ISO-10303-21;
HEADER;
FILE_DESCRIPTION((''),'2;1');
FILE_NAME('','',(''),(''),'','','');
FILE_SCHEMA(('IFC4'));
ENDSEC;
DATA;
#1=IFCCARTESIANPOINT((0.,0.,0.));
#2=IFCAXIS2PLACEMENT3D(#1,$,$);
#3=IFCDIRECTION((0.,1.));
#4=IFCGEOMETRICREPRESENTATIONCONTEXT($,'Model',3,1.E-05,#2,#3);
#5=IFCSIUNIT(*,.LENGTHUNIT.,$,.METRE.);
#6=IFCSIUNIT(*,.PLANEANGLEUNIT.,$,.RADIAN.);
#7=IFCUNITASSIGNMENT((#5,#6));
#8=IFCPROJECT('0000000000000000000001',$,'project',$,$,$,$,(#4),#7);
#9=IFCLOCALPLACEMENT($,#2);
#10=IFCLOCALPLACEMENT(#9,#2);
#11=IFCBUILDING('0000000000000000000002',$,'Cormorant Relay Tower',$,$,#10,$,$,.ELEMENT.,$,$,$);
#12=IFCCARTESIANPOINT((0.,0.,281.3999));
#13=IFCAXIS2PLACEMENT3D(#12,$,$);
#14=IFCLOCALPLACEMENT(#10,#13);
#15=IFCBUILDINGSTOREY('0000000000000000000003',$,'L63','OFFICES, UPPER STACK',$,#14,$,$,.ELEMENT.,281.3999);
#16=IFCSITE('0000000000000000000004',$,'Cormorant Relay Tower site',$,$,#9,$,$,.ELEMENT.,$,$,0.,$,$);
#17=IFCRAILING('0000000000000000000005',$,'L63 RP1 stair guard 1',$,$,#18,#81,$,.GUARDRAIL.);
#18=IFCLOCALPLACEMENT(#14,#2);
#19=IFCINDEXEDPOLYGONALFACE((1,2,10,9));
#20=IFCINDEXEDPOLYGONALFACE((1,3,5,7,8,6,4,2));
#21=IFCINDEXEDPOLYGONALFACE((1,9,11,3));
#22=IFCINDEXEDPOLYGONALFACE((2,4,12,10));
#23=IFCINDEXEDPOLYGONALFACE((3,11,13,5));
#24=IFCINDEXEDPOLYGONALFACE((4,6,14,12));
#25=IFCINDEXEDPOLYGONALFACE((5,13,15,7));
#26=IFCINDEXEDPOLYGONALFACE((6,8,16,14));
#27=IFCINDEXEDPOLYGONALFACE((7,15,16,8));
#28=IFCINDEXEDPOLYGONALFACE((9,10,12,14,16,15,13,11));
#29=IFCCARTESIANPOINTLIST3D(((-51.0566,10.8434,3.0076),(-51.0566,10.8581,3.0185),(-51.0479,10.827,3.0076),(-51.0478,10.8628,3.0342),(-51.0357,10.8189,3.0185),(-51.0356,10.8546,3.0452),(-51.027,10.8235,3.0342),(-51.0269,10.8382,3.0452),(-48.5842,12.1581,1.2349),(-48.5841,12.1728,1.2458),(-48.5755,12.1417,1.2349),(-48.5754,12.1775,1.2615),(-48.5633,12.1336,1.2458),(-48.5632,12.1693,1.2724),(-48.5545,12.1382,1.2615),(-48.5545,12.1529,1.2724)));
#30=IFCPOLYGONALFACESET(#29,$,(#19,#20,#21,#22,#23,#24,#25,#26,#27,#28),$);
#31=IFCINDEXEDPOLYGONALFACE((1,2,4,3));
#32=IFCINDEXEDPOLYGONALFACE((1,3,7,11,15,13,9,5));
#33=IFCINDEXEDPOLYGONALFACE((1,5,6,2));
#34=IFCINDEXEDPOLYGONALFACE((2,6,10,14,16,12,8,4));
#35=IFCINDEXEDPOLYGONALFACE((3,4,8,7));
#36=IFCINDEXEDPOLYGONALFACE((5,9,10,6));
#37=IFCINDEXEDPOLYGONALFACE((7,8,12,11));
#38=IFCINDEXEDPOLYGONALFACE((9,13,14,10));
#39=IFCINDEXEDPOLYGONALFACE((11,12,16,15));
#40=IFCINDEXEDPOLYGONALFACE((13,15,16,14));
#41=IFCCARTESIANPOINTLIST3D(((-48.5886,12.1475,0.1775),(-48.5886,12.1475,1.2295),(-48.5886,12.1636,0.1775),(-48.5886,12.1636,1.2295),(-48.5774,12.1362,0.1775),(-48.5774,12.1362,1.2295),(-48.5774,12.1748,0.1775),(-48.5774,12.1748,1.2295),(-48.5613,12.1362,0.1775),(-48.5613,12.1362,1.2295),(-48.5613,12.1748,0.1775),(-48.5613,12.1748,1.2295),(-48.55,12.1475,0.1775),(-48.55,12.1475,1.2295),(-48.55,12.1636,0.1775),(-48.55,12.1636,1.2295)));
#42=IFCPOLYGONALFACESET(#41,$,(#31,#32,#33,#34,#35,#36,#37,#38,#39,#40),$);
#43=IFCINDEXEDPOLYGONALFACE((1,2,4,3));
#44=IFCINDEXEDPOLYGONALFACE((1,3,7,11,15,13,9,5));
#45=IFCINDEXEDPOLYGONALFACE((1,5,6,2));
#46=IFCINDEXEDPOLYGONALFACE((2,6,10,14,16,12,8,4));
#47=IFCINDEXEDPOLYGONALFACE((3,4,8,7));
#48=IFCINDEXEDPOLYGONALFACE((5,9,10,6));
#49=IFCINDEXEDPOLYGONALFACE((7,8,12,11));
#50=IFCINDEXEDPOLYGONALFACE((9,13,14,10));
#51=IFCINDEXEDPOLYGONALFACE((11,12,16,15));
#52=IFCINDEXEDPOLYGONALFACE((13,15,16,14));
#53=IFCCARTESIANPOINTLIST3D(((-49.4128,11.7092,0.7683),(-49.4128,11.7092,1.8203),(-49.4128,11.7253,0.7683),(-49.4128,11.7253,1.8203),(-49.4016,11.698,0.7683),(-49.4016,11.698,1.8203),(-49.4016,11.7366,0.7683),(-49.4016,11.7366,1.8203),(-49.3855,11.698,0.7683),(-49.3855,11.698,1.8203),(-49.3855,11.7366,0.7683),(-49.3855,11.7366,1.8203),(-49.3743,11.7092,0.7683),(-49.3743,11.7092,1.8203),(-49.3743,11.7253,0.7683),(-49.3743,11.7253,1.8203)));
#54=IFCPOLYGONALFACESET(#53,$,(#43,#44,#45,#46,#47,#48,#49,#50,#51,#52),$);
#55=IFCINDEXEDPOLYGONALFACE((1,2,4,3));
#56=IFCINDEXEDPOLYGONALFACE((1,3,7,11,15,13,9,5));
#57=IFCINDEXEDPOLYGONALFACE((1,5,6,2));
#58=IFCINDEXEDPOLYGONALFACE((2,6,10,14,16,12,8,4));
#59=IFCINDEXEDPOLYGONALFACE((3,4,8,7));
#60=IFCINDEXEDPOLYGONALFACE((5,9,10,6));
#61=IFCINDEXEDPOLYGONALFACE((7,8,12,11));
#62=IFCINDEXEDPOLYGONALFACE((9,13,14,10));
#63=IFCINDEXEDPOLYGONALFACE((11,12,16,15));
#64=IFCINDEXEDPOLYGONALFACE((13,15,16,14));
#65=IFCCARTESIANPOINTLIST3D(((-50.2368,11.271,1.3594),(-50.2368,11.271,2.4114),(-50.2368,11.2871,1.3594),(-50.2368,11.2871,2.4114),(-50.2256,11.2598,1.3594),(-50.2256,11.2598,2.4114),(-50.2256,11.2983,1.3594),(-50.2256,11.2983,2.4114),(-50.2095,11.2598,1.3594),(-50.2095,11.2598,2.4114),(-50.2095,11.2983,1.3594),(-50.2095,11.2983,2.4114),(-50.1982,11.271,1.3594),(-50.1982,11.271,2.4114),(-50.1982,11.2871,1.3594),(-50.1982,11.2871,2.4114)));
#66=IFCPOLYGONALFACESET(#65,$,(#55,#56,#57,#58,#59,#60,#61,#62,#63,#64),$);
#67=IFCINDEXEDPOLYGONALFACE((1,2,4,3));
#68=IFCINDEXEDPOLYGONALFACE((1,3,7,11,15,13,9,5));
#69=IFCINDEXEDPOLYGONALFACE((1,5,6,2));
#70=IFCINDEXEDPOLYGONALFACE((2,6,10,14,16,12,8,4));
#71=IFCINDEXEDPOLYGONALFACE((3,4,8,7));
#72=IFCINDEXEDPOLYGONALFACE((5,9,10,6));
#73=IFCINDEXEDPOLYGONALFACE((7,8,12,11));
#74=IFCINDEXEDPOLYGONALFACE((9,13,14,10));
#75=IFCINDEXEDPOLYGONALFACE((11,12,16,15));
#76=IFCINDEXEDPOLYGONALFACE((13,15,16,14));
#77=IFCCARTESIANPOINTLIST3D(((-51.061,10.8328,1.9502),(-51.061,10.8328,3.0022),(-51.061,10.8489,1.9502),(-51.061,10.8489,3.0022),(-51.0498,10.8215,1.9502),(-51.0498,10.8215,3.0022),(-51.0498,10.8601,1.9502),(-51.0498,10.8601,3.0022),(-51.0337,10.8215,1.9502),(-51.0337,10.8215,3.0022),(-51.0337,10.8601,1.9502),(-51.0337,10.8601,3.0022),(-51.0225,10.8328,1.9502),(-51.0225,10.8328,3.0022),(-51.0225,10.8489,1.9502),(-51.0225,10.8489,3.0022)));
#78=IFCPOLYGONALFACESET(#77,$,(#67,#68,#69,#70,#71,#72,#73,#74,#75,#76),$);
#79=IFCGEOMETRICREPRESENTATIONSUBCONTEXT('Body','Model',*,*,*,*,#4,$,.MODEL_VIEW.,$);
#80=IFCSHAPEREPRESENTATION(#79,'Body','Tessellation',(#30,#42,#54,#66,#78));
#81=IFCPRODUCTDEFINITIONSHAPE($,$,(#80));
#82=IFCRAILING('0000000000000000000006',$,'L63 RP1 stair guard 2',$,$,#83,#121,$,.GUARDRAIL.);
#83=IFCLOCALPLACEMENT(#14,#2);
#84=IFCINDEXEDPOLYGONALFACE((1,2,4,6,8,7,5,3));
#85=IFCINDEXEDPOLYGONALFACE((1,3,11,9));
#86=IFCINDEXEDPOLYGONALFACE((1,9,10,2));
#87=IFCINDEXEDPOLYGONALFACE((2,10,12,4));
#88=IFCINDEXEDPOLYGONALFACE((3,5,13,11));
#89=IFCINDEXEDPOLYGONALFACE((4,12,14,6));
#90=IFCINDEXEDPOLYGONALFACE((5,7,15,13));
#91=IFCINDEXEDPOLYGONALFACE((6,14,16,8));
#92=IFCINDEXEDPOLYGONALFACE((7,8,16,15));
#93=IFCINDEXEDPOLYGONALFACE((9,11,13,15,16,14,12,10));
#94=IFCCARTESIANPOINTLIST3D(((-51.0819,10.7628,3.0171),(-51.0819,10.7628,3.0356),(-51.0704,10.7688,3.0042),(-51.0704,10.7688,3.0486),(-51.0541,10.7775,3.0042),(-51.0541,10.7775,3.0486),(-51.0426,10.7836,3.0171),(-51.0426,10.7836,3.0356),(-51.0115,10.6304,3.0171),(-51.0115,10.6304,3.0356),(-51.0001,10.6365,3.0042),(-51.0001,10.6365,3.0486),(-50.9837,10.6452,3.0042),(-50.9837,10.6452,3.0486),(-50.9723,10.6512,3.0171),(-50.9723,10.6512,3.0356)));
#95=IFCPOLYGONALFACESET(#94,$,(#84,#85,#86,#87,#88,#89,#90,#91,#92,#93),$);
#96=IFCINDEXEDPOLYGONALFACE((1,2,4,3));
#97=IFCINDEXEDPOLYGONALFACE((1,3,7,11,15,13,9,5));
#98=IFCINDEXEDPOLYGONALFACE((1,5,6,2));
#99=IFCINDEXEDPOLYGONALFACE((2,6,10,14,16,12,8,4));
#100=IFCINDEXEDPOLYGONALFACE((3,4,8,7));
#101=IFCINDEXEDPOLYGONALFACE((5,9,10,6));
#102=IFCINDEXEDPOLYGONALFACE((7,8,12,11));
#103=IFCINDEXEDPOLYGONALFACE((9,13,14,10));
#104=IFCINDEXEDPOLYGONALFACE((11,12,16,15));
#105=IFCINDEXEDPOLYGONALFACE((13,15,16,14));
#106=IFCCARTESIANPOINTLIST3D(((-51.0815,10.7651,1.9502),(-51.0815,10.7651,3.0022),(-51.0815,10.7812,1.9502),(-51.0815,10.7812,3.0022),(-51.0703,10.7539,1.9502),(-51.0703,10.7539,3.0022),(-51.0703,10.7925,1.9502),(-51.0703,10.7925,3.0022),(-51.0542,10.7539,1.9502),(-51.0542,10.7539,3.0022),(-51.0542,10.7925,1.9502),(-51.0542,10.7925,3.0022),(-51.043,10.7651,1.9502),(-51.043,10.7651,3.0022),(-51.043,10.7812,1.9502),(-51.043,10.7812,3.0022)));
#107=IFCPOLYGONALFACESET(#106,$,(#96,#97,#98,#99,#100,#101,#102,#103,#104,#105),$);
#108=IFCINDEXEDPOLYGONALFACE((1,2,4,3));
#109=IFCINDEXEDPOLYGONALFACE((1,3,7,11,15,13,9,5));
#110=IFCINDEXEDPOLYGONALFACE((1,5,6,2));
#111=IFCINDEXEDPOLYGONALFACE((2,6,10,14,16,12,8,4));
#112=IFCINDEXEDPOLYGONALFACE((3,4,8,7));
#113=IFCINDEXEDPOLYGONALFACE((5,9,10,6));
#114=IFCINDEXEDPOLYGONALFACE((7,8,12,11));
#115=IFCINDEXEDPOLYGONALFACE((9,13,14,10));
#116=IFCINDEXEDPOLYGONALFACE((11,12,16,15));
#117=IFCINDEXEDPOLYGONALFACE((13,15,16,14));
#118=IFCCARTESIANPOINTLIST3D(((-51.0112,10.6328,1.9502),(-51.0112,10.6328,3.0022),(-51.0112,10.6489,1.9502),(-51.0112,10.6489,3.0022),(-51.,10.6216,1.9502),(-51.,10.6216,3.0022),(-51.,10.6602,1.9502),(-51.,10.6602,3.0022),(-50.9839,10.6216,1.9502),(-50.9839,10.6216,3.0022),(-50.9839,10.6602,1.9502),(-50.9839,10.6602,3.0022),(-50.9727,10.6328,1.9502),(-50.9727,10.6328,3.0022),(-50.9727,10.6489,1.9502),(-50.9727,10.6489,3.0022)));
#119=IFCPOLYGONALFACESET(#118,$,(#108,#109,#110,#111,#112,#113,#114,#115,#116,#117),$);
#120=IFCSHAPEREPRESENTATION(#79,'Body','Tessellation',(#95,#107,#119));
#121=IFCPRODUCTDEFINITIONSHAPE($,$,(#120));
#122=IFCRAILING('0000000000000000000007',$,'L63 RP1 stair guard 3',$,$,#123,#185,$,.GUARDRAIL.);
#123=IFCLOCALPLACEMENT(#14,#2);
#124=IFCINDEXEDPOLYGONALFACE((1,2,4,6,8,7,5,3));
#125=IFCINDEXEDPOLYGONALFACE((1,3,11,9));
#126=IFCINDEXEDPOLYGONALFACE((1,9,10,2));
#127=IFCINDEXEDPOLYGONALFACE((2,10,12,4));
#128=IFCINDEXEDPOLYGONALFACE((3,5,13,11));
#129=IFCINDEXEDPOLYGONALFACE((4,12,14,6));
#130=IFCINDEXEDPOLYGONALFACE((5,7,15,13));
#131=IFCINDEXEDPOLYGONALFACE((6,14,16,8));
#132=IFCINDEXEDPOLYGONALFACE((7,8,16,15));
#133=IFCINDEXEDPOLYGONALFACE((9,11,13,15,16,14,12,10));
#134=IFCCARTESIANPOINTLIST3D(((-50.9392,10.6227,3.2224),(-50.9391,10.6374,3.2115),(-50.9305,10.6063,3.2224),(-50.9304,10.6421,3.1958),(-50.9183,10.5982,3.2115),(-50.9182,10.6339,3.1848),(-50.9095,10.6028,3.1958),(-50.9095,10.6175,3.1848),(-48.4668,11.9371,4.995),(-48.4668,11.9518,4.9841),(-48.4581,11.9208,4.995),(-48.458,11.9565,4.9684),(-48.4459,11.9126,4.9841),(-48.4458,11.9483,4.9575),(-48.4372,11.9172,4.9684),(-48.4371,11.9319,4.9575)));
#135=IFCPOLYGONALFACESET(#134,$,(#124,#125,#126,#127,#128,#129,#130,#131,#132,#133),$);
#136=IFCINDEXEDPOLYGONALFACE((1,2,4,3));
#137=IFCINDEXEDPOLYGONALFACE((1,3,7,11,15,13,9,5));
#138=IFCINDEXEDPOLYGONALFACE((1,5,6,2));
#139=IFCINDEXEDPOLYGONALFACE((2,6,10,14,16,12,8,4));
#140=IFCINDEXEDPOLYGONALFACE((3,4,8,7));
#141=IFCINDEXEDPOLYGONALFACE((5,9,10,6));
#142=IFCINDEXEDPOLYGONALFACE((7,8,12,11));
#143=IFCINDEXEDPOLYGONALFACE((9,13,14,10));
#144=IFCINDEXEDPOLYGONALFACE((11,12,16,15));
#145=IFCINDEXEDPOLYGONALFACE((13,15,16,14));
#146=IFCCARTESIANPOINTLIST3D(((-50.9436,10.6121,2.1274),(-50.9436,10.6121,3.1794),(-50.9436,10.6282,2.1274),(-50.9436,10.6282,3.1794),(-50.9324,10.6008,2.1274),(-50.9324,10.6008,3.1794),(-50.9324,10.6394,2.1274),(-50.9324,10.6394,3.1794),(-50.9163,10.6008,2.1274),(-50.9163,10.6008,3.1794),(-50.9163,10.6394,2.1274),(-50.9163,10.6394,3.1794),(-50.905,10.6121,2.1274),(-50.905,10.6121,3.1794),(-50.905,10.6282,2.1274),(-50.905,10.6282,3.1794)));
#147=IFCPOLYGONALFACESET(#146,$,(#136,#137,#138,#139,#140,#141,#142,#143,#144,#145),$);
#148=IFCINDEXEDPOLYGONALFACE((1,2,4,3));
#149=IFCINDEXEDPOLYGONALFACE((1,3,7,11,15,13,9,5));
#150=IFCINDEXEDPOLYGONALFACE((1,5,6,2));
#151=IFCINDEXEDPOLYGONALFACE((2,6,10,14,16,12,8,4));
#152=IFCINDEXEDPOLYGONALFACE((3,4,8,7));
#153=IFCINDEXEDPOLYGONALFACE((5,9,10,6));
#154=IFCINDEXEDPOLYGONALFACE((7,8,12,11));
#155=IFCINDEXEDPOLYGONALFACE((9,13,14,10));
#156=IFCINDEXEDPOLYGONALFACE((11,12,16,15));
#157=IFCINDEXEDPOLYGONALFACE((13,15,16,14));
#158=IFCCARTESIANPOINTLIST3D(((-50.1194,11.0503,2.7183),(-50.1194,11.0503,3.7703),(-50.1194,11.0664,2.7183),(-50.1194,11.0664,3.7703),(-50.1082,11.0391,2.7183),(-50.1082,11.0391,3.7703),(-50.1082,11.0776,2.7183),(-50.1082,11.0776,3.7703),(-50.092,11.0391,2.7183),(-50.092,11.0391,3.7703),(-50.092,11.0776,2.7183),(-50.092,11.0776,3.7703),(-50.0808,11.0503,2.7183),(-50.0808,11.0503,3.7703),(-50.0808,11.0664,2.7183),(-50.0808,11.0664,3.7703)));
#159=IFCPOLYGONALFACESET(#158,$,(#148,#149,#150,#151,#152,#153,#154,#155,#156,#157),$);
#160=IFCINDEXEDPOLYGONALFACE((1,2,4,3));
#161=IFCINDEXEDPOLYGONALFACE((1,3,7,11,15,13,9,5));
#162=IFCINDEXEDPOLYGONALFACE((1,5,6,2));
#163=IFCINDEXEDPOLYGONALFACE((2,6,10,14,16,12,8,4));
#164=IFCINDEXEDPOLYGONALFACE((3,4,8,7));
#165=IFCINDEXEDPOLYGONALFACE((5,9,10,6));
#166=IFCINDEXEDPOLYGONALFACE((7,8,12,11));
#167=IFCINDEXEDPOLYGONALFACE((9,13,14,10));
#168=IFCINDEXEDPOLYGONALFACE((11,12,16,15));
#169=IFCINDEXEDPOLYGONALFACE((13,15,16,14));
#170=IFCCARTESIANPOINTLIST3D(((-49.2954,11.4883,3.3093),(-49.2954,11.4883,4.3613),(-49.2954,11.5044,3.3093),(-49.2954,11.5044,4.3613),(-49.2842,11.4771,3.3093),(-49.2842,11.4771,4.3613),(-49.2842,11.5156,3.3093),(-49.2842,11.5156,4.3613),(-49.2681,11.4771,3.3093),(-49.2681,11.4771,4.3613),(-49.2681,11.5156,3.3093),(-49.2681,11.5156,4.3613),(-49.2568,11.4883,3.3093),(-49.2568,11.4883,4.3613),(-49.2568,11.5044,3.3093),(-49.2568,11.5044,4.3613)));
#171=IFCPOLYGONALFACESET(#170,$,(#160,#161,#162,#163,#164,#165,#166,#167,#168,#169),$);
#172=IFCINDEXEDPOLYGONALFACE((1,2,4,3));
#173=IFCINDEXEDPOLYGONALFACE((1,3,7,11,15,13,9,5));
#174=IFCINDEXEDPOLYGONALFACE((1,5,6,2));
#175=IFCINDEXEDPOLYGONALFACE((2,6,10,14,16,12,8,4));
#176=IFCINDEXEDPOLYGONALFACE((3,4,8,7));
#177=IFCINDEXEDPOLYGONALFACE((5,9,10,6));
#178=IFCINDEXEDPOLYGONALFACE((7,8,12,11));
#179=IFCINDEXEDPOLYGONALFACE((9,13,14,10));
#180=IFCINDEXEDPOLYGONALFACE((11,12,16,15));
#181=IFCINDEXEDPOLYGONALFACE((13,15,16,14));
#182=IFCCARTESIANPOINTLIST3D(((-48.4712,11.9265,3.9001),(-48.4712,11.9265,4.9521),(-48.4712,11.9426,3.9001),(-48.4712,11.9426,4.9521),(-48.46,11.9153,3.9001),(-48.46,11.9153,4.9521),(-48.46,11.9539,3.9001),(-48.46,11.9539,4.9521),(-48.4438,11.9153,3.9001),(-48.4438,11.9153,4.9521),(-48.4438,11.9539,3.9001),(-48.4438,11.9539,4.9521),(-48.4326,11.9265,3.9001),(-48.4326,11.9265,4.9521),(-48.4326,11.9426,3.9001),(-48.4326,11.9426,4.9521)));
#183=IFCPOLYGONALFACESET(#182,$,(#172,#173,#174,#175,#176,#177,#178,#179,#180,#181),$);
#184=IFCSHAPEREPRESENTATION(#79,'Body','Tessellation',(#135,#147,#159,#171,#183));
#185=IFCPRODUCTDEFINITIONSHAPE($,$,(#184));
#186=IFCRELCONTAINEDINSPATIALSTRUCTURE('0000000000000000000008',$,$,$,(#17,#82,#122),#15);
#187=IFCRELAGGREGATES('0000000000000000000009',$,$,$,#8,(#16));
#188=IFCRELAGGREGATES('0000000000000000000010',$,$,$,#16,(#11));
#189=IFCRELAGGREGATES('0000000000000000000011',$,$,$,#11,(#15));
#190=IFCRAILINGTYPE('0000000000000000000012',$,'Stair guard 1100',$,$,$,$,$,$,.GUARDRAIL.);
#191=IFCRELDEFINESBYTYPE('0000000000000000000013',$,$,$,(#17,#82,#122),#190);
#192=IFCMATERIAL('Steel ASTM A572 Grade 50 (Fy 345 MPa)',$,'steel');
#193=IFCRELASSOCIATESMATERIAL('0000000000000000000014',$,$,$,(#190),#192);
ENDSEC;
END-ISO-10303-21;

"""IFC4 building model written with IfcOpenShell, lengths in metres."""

from ifc_helpers import new_model, si_unit, direction, frame, origin, place, context, subcontext, project, spatial, polyline, outline, extrude, material, type_object, element, save


model = new_model("IFC4")

# Units and contexts
model_context = context("Model", 3, precision=1e-05, world=origin(), true_north=direction((0.0, 1.0)))
body_context = subcontext(model_context, "Body", "Model", "MODEL_VIEW")
ifc_project = project(units=[si_unit("LENGTHUNIT", "METRE"), si_unit("PLANEANGLEUNIT", "RADIAN")], contexts=[model_context])

# Site, building, storey
site_placement = place(None, origin())
site = spatial("IfcSite", under=ifc_project, at=site_placement, Name="Cormorant Relay Tower site", CompositionType="ELEMENT", RefElevation=0.0)
building_placement = place(site_placement, origin())
building = spatial("IfcBuilding", under=site, at=building_placement, Name="Cormorant Relay Tower", CompositionType="ELEMENT")
storey_placement = place(building_placement, frame((0.0, 0.0, 281.3999)))
storey = spatial("IfcBuildingStorey", under=building, at=storey_placement, Name="L63", Description="OFFICES, UPPER STACK", CompositionType="ELEMENT", Elevation=281.3999)

# Railings
ifc_material_1 = material(Name="Steel ASTM A572 Grade 50 (Fy 345 MPa)", Category="steel")
railing_type_1 = type_object("IfcRailingType", Name="Stair guard 1100", PredefinedType="GUARDRAIL", material=ifc_material_1)
railing_1_placement = place(storey_placement, frame((-48.5693, 12.1555, 0.1775)))
element("IfcRailing", 1, at=railing_1_placement, inside=storey, type_object=railing_type_1, Name="L63 RP1 stair guard 1", PredefinedType="GUARDRAIL", context=body_context, shape_type="SweptSolid", body=[
    extrude(outline(polyline([(0.0222, 0.0093), (0.0093, 0.0222), (-0.0093, 0.0222), (-0.0222, 0.0093), (-0.0222, -0.0093), (-0.0093, -0.0222), (0.0093, -0.0222), (0.0222, -0.0093), (0.0222, 0.0093)])), frame((0.0, 0.0, 1.0762), z_axis=(-0.746012, -0.39669, 0.534886), x_axis=(0.469497, -0.882934, 0.0)), (0.0, 0.0, 1.0), 3.3142),
    extrude(outline(polyline([(0.0193, 0.0081), (0.0081, 0.0193), (-0.0081, 0.0193), (-0.0193, 0.0081), (-0.0193, -0.0081), (-0.0081, -0.0193), (0.0081, -0.0193), (0.0193, -0.0081), (0.0193, 0.0081)])), origin(), (0.0, 0.0, 1.0), 1.052),
    extrude(outline(polyline([(0.0193, 0.0081), (0.0081, 0.0193), (-0.0081, 0.0193), (-0.0193, 0.0081), (-0.0193, -0.0081), (-0.0081, -0.0193), (0.0081, -0.0193), (0.0193, -0.0081), (0.0193, 0.0081)])), frame((-0.8242, -0.4382, 0.5908)), (0.0, 0.0, 1.0), 1.052),
    extrude(outline(polyline([(0.0193, 0.0081), (0.0081, 0.0193), (-0.0081, 0.0193), (-0.0193, 0.0081), (-0.0193, -0.0081), (-0.0081, -0.0193), (0.0081, -0.0193), (0.0193, -0.0081), (0.0193, 0.0081)])), frame((-1.6482, -0.8765, 1.1819)), (0.0, 0.0, 1.0), 1.052),
    extrude(outline(polyline([(0.0193, 0.0081), (0.0081, 0.0193), (-0.0081, 0.0193), (-0.0193, 0.0081), (-0.0193, -0.0081), (-0.0081, -0.0193), (0.0081, -0.0193), (0.0193, -0.0081), (0.0193, 0.0081)])), frame((-2.4724, -1.3147, 1.7727)), (0.0, 0.0, 1.0), 1.052),
])
railing_2_placement = place(storey_placement, frame((-51.0623, 10.7732, 1.9502)))
element("IfcRailing", 2, at=railing_2_placement, inside=storey, type_object=railing_type_1, Name="L63 RP1 stair guard 2", PredefinedType="GUARDRAIL", context=body_context, shape_type="SweptSolid", body=[
    extrude(outline(polyline([(0.0222, 0.0093), (0.0093, 0.0222), (-0.0093, 0.0222), (-0.0222, 0.0093), (-0.0222, -0.0093), (-0.0093, -0.0222), (0.0093, -0.0222), (0.0222, -0.0093), (0.0222, 0.0093)])), frame((0.0, 0.0, 1.0762), z_axis=(0.469235, -0.883074, 0.0), x_axis=(0.883074, 0.469235, 0.0)), (0.0, 0.0, 1.0), 0.1499),
    extrude(outline(polyline([(0.0193, 0.0081), (0.0081, 0.0193), (-0.0081, 0.0193), (-0.0193, 0.0081), (-0.0193, -0.0081), (-0.0081, -0.0193), (0.0081, -0.0193), (0.0193, -0.0081), (0.0193, 0.0081)])), origin(), (0.0, 0.0, 1.0), 1.052),
    extrude(outline(polyline([(0.0193, 0.0081), (0.0081, 0.0193), (-0.0081, 0.0193), (-0.0193, 0.0081), (-0.0193, -0.0081), (-0.0081, -0.0193), (0.0081, -0.0193), (0.0193, -0.0081), (0.0193, 0.0081)])), frame((0.0703, -0.1323, 0.0)), (0.0, 0.0, 1.0), 1.052),
])
railing_3_placement = place(storey_placement, frame((-50.9243, 10.6201, 2.1274)))
element("IfcRailing", 3, at=railing_3_placement, inside=storey, type_object=railing_type_1, Name="L63 RP1 stair guard 3", PredefinedType="GUARDRAIL", context=body_context, shape_type="SweptSolid", body=[
    extrude(outline(polyline([(0.0222, 0.0093), (0.0093, 0.0222), (-0.0093, 0.0222), (-0.0222, 0.0093), (-0.0222, -0.0093), (-0.0093, -0.0222), (0.0093, -0.0222), (0.0222, -0.0093), (0.0222, 0.0093)])), frame((0.0, 0.0, 1.0762), z_axis=(0.746034, 0.396627, 0.534902), x_axis=(-0.469429, 0.88297, 0.0)), (0.0, 0.0, 1.0), 3.314),
    extrude(outline(polyline([(0.0193, 0.0081), (0.0081, 0.0193), (-0.0081, 0.0193), (-0.0193, 0.0081), (-0.0193, -0.0081), (-0.0081, -0.0193), (0.0081, -0.0193), (0.0193, -0.0081), (0.0193, 0.0081)])), origin(), (0.0, 0.0, 1.0), 1.052),
    extrude(outline(polyline([(0.0193, 0.0081), (0.0081, 0.0193), (-0.0081, 0.0193), (-0.0193, 0.0081), (-0.0193, -0.0081), (-0.0081, -0.0193), (0.0081, -0.0193), (0.0193, -0.0081), (0.0193, 0.0081)])), frame((0.8242, 0.4382, 0.5908)), (0.0, 0.0, 1.0), 1.052),
    extrude(outline(polyline([(0.0193, 0.0081), (0.0081, 0.0193), (-0.0081, 0.0193), (-0.0193, 0.0081), (-0.0193, -0.0081), (-0.0081, -0.0193), (0.0081, -0.0193), (0.0193, -0.0081), (0.0193, 0.0081)])), frame((1.6482, 0.8762, 1.1819)), (0.0, 0.0, 1.0), 1.052),
    extrude(outline(polyline([(0.0193, 0.0081), (0.0081, 0.0193), (-0.0081, 0.0193), (-0.0193, 0.0081), (-0.0193, -0.0081), (-0.0081, -0.0193), (0.0081, -0.0193), (0.0193, -0.0081), (0.0193, 0.0081)])), frame((2.4724, 1.3145, 1.7727)), (0.0, 0.0, 1.0), 1.052),
])

save(model, "model.ifc")
